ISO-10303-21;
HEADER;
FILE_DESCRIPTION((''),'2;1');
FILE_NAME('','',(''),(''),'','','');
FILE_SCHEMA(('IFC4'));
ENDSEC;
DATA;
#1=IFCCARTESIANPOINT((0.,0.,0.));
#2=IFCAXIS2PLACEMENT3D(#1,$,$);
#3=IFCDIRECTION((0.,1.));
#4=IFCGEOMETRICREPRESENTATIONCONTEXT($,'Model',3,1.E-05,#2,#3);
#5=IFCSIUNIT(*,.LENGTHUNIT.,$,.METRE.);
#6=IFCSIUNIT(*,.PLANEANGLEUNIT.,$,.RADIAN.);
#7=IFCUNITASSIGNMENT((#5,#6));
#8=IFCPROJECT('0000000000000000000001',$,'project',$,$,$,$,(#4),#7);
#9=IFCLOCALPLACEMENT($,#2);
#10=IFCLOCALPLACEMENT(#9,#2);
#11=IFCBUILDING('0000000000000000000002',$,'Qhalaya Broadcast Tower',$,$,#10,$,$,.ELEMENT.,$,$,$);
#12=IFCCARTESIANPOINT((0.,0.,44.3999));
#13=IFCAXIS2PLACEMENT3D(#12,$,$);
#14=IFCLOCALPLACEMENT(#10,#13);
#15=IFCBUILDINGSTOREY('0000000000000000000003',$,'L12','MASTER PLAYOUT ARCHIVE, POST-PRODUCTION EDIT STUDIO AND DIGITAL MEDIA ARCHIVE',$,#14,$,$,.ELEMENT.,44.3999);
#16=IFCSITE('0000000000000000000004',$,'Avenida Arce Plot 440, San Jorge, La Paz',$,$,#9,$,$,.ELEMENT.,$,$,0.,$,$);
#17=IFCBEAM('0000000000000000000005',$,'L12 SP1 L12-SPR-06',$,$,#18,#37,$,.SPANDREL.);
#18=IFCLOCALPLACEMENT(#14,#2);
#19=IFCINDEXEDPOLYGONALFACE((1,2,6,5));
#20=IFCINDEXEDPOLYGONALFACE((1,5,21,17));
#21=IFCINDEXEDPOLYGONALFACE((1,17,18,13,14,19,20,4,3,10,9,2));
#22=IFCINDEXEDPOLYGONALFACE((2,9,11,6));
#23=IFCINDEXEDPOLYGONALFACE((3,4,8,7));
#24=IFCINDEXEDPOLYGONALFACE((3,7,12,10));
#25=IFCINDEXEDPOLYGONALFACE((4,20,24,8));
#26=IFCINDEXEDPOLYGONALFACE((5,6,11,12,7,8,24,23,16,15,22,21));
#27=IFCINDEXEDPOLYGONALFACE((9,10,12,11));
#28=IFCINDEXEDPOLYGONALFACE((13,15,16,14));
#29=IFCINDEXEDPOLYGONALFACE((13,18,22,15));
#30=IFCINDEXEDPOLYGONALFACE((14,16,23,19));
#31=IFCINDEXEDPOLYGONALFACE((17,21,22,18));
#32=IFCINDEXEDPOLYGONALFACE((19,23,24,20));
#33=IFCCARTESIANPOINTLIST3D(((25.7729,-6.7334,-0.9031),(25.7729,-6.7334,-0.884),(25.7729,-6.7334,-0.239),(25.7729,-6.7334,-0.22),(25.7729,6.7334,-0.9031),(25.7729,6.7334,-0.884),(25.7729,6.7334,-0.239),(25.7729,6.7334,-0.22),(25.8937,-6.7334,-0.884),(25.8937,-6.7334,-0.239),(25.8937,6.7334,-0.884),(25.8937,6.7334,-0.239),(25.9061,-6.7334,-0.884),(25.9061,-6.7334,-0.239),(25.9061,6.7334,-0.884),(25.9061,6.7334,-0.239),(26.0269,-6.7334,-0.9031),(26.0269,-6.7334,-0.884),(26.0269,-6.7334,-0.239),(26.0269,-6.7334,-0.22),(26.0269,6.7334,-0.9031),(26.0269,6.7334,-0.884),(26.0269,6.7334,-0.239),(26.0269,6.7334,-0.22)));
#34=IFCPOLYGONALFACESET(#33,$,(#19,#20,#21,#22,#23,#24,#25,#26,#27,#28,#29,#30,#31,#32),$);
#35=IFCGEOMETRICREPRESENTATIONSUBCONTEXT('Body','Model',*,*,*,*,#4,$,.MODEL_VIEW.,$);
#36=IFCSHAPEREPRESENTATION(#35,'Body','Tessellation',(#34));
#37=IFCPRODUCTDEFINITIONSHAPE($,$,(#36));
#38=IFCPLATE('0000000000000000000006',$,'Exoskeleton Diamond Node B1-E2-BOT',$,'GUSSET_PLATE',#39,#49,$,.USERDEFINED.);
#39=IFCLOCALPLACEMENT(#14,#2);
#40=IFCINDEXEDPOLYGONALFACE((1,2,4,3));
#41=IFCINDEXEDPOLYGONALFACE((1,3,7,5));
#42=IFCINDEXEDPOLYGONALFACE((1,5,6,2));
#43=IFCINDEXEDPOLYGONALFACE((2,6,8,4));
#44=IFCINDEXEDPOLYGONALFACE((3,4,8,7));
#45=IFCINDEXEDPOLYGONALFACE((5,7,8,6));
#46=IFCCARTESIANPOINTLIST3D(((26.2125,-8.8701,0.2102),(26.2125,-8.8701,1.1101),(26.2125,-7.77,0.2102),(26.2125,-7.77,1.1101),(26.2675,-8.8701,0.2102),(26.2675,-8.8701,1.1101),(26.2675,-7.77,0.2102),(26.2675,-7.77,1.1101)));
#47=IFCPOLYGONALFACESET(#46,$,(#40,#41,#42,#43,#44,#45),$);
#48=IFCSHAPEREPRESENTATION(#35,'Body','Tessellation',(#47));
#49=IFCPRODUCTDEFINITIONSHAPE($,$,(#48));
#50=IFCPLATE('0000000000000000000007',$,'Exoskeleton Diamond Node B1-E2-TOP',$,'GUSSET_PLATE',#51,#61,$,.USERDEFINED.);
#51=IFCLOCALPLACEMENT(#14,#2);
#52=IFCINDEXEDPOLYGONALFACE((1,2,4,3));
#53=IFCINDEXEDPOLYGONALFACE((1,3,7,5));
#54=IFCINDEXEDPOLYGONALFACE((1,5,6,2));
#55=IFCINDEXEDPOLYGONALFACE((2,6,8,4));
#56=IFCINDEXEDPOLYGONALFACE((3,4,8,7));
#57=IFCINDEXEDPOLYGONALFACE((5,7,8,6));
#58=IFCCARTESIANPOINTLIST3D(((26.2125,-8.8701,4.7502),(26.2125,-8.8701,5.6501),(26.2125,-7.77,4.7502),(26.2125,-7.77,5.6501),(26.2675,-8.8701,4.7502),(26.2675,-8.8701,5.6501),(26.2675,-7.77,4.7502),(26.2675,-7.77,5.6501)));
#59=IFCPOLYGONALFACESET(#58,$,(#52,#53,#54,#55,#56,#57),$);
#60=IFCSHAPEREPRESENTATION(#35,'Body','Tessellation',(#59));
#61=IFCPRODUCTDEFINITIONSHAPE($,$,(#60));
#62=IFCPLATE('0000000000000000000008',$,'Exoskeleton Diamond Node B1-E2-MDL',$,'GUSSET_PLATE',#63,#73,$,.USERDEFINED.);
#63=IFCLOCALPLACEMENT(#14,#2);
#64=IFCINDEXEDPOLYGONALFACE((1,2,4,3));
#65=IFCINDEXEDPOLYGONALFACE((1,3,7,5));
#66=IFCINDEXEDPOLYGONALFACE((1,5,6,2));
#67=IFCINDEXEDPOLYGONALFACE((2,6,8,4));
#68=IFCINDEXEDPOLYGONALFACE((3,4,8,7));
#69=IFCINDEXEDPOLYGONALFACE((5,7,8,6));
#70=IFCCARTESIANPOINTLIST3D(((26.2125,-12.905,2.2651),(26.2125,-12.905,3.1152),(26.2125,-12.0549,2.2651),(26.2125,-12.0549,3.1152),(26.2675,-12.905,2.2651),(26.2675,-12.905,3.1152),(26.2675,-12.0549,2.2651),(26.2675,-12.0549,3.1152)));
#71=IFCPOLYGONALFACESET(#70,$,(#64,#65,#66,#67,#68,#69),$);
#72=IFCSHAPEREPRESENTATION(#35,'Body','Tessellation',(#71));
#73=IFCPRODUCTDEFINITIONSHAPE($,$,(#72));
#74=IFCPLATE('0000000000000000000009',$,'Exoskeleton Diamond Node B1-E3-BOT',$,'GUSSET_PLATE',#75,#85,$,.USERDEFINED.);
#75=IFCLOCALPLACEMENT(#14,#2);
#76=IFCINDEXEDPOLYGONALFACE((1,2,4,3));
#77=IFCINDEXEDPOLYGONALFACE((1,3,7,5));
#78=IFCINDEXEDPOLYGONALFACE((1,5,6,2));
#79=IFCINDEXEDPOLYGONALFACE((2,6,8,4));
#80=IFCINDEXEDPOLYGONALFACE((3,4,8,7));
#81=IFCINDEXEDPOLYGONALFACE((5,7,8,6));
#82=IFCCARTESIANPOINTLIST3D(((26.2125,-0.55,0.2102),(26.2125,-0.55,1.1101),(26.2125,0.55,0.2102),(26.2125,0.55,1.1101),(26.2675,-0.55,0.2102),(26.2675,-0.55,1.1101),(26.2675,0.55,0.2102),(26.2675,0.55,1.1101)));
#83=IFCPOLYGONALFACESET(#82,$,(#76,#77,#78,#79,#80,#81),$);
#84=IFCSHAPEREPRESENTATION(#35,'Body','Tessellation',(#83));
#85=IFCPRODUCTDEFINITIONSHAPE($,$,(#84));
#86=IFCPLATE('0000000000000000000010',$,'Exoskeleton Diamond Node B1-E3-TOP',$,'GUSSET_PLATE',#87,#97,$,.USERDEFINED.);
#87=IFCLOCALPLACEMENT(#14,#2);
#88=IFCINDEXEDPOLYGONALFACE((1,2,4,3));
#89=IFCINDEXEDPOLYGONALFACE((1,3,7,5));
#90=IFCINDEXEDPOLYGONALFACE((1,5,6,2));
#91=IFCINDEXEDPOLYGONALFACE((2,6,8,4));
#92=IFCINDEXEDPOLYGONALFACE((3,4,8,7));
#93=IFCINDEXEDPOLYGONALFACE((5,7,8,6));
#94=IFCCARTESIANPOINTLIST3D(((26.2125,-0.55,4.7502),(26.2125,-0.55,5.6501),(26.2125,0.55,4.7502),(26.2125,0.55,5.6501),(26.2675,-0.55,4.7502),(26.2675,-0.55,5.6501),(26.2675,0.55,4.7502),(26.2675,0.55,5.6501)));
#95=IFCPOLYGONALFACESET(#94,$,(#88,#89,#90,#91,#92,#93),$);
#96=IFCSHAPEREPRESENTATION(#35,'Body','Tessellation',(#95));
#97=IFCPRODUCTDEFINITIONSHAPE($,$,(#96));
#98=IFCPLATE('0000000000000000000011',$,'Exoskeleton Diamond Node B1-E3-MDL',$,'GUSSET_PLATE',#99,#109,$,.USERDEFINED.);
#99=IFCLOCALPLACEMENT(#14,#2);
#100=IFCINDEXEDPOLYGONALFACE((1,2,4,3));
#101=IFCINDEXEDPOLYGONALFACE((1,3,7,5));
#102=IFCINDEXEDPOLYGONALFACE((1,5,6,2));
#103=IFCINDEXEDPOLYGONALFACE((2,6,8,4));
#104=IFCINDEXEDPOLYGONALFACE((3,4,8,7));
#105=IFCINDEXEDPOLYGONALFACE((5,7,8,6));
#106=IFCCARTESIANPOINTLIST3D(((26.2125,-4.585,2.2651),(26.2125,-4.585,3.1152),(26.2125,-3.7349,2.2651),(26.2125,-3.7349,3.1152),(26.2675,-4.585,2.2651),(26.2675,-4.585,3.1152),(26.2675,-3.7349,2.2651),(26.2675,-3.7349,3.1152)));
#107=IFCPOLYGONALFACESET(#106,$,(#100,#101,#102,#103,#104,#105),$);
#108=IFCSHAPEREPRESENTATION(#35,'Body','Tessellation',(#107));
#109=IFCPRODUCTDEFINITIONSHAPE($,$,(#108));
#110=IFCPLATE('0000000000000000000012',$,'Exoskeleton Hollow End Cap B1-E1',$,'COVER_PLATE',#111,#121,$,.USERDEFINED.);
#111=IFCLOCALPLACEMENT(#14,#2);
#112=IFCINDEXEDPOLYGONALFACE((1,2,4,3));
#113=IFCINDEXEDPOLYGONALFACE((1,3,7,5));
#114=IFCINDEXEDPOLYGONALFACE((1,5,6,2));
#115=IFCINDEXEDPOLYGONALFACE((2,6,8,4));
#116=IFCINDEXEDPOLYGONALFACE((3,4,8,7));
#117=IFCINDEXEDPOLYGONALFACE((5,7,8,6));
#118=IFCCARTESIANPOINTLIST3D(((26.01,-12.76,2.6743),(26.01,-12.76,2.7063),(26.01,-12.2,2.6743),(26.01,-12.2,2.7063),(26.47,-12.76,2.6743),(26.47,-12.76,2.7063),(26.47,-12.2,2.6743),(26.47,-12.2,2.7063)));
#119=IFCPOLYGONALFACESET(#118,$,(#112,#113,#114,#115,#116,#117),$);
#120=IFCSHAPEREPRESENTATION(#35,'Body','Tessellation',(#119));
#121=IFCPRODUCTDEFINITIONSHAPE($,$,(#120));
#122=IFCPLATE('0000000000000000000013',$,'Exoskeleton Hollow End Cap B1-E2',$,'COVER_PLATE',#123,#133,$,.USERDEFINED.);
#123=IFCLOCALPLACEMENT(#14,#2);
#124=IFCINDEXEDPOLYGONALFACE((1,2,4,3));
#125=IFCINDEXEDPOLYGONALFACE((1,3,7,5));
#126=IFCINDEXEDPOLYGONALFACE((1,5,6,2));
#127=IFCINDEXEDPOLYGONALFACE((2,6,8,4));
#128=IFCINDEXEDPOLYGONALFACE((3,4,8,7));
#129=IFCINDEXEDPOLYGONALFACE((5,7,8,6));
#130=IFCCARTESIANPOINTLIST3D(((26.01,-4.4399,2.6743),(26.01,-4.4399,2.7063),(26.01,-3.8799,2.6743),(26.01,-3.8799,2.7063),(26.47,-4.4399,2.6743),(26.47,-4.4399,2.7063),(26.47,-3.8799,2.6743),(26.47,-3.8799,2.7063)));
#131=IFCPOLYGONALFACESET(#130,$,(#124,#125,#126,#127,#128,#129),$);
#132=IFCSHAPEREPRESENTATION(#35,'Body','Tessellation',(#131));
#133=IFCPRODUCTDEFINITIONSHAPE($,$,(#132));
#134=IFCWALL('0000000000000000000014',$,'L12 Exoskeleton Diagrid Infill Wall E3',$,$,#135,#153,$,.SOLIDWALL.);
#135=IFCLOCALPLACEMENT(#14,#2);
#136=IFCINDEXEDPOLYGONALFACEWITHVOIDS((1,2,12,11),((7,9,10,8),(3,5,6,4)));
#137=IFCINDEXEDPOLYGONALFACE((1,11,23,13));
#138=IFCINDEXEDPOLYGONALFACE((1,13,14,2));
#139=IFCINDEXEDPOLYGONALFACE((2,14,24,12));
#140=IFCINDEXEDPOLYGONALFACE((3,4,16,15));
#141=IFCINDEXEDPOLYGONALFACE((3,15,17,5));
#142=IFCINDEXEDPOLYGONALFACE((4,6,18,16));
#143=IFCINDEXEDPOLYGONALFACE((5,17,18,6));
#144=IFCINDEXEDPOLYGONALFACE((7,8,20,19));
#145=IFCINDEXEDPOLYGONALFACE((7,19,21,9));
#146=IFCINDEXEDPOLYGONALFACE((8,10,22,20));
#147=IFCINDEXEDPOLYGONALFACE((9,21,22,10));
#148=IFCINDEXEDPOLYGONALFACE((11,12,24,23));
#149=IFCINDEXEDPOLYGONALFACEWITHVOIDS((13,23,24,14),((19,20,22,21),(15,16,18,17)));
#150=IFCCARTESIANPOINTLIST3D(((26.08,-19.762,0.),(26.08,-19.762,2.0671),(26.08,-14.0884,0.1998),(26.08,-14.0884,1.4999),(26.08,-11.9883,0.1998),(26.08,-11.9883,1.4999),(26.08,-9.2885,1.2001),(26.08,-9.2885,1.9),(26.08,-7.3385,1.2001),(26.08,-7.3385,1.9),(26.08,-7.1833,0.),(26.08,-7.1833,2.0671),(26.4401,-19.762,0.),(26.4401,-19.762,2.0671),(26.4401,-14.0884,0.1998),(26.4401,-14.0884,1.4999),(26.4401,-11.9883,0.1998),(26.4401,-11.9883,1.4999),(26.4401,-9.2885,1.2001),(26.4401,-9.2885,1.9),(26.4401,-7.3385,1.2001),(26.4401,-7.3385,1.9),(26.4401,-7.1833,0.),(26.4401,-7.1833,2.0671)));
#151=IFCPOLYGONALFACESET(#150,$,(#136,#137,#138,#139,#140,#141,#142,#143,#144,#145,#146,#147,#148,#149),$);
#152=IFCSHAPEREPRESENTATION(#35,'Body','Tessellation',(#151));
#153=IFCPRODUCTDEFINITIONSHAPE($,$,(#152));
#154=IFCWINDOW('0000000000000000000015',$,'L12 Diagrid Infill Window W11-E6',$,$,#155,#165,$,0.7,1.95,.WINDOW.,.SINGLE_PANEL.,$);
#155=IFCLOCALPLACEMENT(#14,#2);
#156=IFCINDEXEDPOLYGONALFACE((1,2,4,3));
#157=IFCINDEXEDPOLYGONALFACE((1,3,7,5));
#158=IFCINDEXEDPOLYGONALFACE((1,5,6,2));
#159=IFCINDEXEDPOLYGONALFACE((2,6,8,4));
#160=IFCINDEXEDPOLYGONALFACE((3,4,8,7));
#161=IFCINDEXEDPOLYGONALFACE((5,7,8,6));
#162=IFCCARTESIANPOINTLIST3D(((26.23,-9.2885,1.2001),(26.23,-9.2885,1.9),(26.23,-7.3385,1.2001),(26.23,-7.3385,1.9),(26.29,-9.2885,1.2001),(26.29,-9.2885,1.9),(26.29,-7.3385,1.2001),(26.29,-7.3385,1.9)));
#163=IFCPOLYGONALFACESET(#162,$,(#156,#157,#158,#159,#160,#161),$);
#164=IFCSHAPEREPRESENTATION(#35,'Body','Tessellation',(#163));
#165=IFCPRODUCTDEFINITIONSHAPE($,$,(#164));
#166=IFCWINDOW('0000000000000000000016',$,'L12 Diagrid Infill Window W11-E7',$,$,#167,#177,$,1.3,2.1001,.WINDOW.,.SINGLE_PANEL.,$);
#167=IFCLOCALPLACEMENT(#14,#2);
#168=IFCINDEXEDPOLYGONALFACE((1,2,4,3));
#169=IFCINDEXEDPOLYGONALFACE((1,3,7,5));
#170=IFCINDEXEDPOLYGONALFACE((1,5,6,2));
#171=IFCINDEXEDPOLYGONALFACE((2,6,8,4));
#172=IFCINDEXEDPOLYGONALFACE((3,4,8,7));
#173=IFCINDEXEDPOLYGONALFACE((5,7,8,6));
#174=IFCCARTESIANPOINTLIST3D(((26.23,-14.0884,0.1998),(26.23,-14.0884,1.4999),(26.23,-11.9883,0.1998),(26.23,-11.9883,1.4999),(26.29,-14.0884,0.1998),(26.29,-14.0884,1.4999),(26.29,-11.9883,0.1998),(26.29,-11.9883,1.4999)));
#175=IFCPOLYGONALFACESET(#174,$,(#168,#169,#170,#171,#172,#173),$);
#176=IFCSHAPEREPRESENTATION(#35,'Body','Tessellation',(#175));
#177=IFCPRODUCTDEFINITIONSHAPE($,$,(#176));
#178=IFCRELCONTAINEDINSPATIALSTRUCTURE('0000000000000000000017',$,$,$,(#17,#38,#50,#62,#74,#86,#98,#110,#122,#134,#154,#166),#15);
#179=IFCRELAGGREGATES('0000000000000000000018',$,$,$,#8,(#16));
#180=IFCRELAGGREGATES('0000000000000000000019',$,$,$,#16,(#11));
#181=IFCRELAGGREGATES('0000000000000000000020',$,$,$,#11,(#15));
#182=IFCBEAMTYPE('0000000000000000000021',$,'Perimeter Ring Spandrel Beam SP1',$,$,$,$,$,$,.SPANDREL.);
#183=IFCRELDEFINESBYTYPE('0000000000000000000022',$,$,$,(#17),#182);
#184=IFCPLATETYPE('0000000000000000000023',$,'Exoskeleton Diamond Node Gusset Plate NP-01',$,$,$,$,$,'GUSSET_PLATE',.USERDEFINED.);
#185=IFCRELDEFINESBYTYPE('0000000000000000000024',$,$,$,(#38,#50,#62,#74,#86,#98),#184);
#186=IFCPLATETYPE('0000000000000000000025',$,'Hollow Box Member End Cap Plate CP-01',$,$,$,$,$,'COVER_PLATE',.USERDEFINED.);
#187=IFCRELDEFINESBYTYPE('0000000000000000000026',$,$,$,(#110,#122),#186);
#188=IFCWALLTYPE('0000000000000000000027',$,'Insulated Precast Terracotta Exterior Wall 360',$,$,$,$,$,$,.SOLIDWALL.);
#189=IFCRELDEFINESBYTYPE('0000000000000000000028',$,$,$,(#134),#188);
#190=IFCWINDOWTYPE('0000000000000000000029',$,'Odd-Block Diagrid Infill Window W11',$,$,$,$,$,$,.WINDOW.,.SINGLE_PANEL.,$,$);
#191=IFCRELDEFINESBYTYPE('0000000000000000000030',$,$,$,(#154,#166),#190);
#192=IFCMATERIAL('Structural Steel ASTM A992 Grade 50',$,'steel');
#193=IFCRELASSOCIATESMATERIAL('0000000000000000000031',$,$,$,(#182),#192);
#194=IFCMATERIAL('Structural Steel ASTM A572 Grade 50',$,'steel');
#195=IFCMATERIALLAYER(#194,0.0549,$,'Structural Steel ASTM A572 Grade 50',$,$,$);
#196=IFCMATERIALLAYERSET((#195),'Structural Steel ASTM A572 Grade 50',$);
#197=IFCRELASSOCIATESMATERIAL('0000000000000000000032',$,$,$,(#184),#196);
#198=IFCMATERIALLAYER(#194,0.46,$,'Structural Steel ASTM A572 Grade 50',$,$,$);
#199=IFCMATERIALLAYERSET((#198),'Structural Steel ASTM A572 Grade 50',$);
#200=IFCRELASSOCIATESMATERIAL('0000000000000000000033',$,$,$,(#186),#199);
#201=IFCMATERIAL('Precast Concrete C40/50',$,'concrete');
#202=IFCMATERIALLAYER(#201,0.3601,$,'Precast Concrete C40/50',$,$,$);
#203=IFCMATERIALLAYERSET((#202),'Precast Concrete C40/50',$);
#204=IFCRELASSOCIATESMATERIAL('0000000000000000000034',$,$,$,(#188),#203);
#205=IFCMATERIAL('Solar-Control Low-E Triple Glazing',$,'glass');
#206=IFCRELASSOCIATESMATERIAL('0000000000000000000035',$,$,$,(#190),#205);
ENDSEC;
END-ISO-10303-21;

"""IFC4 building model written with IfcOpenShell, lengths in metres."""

from ifc_helpers import new_model, si_unit, direction, frame, frame_2d, origin, origin_2d, place, context, subcontext, project, spatial, rectangle, i_section, extrude, material, layer, layer_set, material_profile, profile_set, type_object, element, fill, save


model = new_model("IFC4")

# Units and contexts
model_context = context("Model", 3, precision=1e-05, world=origin(), true_north=direction((0.0, 1.0)))
body_context = subcontext(model_context, "Body", "Model", "MODEL_VIEW")
ifc_project = project(units=[si_unit("LENGTHUNIT", "METRE"), si_unit("PLANEANGLEUNIT", "RADIAN")], contexts=[model_context])

# Site, building, storey
site_placement = place(None, origin())
site = spatial("IfcSite", under=ifc_project, at=site_placement, Name="Avenida Arce Plot 440, San Jorge, La Paz", CompositionType="ELEMENT", RefElevation=0.0)
building_placement = place(site_placement, origin())
building = spatial("IfcBuilding", under=site, at=building_placement, Name="Qhalaya Broadcast Tower", CompositionType="ELEMENT")
storey_placement = place(building_placement, frame((0.0, 0.0, 44.3999)))
storey = spatial("IfcBuildingStorey", under=building, at=storey_placement, Name="L12", Description="MASTER PLAYOUT ARCHIVE, POST-PRODUCTION EDIT STUDIO AND DIGITAL MEDIA ARCHIVE", CompositionType="ELEMENT", Elevation=44.3999)

# Shared definitions
ifc_material_1 = material(Name="Structural Steel ASTM A992 Grade 50", Category="steel")
ifc_material_2 = material(Name="Structural Steel ASTM A572 Grade 50", Category="steel")

# Beam
ifc_material_profile_1 = material_profile(ifc_material_1, i_section(OverallWidth=0.2539, OverallDepth=0.6831, WebThickness=0.0125, FlangeThickness=0.019, at=origin_2d()), Name="W27X94")
ifc_profile_set_1 = profile_set([ifc_material_profile_1], Name="Structural Steel ASTM A992 Grade 50")
beam_type = type_object("IfcBeamType", Name="Perimeter Ring Spandrel Beam SP1", PredefinedType="SPANDREL", material=ifc_profile_set_1)
beam_placement = place(storey_placement, frame((25.8999, -6.7334, -0.5615), z_axis=(0.0, 1.0, 0.0), x_axis=(-1.0, 0.0, 0.0)))
element("IfcBeam", 1, at=beam_placement, inside=storey, type_object=beam_type, Name="L12 SP1 L12-SPR-06", PredefinedType="SPANDREL", context=body_context, shape_type="SweptSolid", body=[
    extrude(i_section(OverallWidth=0.2539, OverallDepth=0.6831, WebThickness=0.0125, FlangeThickness=0.019, at=origin_2d()), origin(), (0.0, 0.0, 1.0), 13.4668),
])

# Plates
ifc_layer_1 = layer(ifc_material_2, 0.0549, Name="Structural Steel ASTM A572 Grade 50")
ifc_layer_set_1 = layer_set([ifc_layer_1], Name="Structural Steel ASTM A572 Grade 50")
plate_type_1 = type_object("IfcPlateType", Name="Exoskeleton Diamond Node Gusset Plate NP-01", ElementType="GUSSET_PLATE", PredefinedType="USERDEFINED", material=ifc_layer_set_1)
for number, where, z_axis, x_axis, name in (
    (2, (26.24, -8.3201, 0.2102), (0.0, 0.0, 1.0), (0.0, 1.0, 0.0), "Exoskeleton Diamond Node B1-E2-BOT"),
    (3, (26.24, -8.3201, 4.7502), (0.0, 0.0, 1.0), (0.0, 1.0, 0.0), "Exoskeleton Diamond Node B1-E2-TOP"),
):
    element("IfcPlate", number, at=place(storey_placement, frame(where, z_axis=z_axis, x_axis=x_axis)), inside=storey, type_object=plate_type_1, Name=name, ObjectType="GUSSET_PLATE", PredefinedType="USERDEFINED", context=body_context, shape_type="SweptSolid", body=[
        extrude(rectangle(XDim=1.1001, YDim=0.0549, at=origin_2d()), origin(), (0.0, 0.0, 1.0), 0.8999),
    ])
plate_1_placement = place(storey_placement, frame((26.24, -12.48, 2.2651), z_axis=(0.0, 0.0, 1.0), x_axis=(0.0, 1.0, 0.0)))
element("IfcPlate", 4, at=plate_1_placement, inside=storey, type_object=plate_type_1, Name="Exoskeleton Diamond Node B1-E2-MDL", ObjectType="GUSSET_PLATE", PredefinedType="USERDEFINED", context=body_context, shape_type="SweptSolid", body=[
    extrude(rectangle(XDim=0.8501, YDim=0.0549, at=origin_2d()), origin(), (0.0, 0.0, 1.0), 0.8501),
])
for number, where, z_axis, x_axis, name in (
    (5, (26.24, 0.0, 0.2102), (0.0, 0.0, 1.0), (0.0, 1.0, 0.0), "Exoskeleton Diamond Node B1-E3-BOT"),
    (6, (26.24, 0.0, 4.7502), (0.0, 0.0, 1.0), (0.0, 1.0, 0.0), "Exoskeleton Diamond Node B1-E3-TOP"),
):
    element("IfcPlate", number, at=place(storey_placement, frame(where, z_axis=z_axis, x_axis=x_axis)), inside=storey, type_object=plate_type_1, Name=name, ObjectType="GUSSET_PLATE", PredefinedType="USERDEFINED", context=body_context, shape_type="SweptSolid", body=[
        extrude(rectangle(XDim=1.1001, YDim=0.0549, at=origin_2d()), origin(), (0.0, 0.0, 1.0), 0.8999),
    ])
plate_2_placement = place(storey_placement, frame((26.24, -4.1599, 2.2651), z_axis=(0.0, 0.0, 1.0), x_axis=(0.0, 1.0, 0.0)))
element("IfcPlate", 7, at=plate_2_placement, inside=storey, type_object=plate_type_1, Name="Exoskeleton Diamond Node B1-E3-MDL", ObjectType="GUSSET_PLATE", PredefinedType="USERDEFINED", context=body_context, shape_type="SweptSolid", body=[
    extrude(rectangle(XDim=0.8501, YDim=0.0549, at=origin_2d()), origin(), (0.0, 0.0, 1.0), 0.8501),
])
ifc_layer_2 = layer(ifc_material_2, 0.46, Name="Structural Steel ASTM A572 Grade 50")
ifc_layer_set_2 = layer_set([ifc_layer_2], Name="Structural Steel ASTM A572 Grade 50")
plate_type_2 = type_object("IfcPlateType", Name="Hollow Box Member End Cap Plate CP-01", ElementType="COVER_PLATE", PredefinedType="USERDEFINED", material=ifc_layer_set_2)
for number, where, z_axis, x_axis, name in (
    (8, (26.24, -12.48, 2.6743), (0.0, 0.0, 1.0), (0.0, 1.0, 0.0), "Exoskeleton Hollow End Cap B1-E1"),
    (9, (26.24, -4.1599, 2.6743), (0.0, 0.0, 1.0), (0.0, 1.0, 0.0), "Exoskeleton Hollow End Cap B1-E2"),
):
    element("IfcPlate", number, at=place(storey_placement, frame(where, z_axis=z_axis, x_axis=x_axis)), inside=storey, type_object=plate_type_2, Name=name, ObjectType="COVER_PLATE", PredefinedType="USERDEFINED", context=body_context, shape_type="SweptSolid", body=[
        extrude(rectangle(XDim=0.5601, YDim=0.46, at=origin_2d()), origin(), (0.0, 0.0, 1.0), 0.032),
    ])

# Wall, openings, windows
ifc_material_3 = material(Name="Precast Concrete C40/50", Category="concrete")
ifc_layer_3 = layer(ifc_material_3, 0.3601, Name="Precast Concrete C40/50")
ifc_layer_set_3 = layer_set([ifc_layer_3], Name="Precast Concrete C40/50")
wall_type_1 = type_object("IfcWallType", Name="Insulated Precast Terracotta Exterior Wall 360", PredefinedType="SOLIDWALL", material=ifc_layer_set_3)
wall_1_placement = place(storey_placement, frame((26.26, -7.1833, 0.0), z_axis=(0.0, 0.0, 1.0), x_axis=(0.0, -1.0, 0.0)))
wall_1 = element("IfcWall", 10, at=wall_1_placement, inside=storey, type_object=wall_type_1, Name="L12 Exoskeleton Diagrid Infill Wall E3", PredefinedType="SOLIDWALL", context=body_context, shape_type="SweptSolid", body=[
    extrude(rectangle(XDim=12.5786, YDim=0.3601, at=frame_2d((6.2893, 0.0))), origin(), (0.0, 0.0, 1.0), 2.0671),
])
opening_1_placement = place(wall_1_placement, frame((0.155, 0.0, 1.2)))
opening_1 = element("IfcOpeningElement", 11, at=opening_1_placement, cuts=wall_1, PredefinedType="OPENING", context=body_context, shape_type="SweptSolid", body=[
    extrude(rectangle(XDim=1.95, YDim=0.7, at=frame_2d((0.9751, 0.3501))), frame((0.0, 0.1921, 0.0), z_axis=(0.0, -1.0, 0.0), x_axis=(1.0, 0.0, 0.0)), (0.0, 0.0, 1.0), 0.384),
])
opening_2_placement = place(wall_1_placement, frame((4.8049, 0.0, 0.2)))
opening_2 = element("IfcOpeningElement", 12, at=opening_2_placement, cuts=wall_1, PredefinedType="OPENING", context=body_context, shape_type="SweptSolid", body=[
    extrude(rectangle(XDim=2.1001, YDim=1.3, at=frame_2d((1.05, 0.6499))), frame((0.0, 0.1921, 0.0), z_axis=(0.0, -1.0, 0.0), x_axis=(1.0, 0.0, 0.0)), (0.0, 0.0, 1.0), 0.384),
])
ifc_material_4 = material(Name="Solar-Control Low-E Triple Glazing", Category="glass")
window_type = type_object("IfcWindowType", Name="Odd-Block Diagrid Infill Window W11", PartitioningType="SINGLE_PANEL", PredefinedType="WINDOW", material=ifc_material_4)
window_1_placement = place(opening_1_placement, origin())
window_1 = element("IfcWindow", 13, at=window_1_placement, inside=storey, type_object=window_type, Name="L12 Diagrid Infill Window W11-E6", OverallHeight=0.7, OverallWidth=1.95, PartitioningType="SINGLE_PANEL", PredefinedType="WINDOW", context=body_context, shape_type="SweptSolid", body=[
    extrude(rectangle(XDim=1.95, YDim=0.7, at=frame_2d((0.9751, 0.3501))), frame((0.0, 0.03, 0.0), z_axis=(0.0, -1.0, 0.0), x_axis=(1.0, 0.0, 0.0)), (0.0, 0.0, 1.0), 0.0601),
])
fill(opening_1, window_1)
window_2_placement = place(opening_2_placement, origin())
window_2 = element("IfcWindow", 14, at=window_2_placement, inside=storey, type_object=window_type, Name="L12 Diagrid Infill Window W11-E7", OverallHeight=1.3, OverallWidth=2.1001, PartitioningType="SINGLE_PANEL", PredefinedType="WINDOW", context=body_context, shape_type="SweptSolid", body=[
    extrude(rectangle(XDim=2.1001, YDim=1.3, at=frame_2d((1.05, 0.6499))), frame((0.0, 0.03, 0.0), z_axis=(0.0, -1.0, 0.0), x_axis=(1.0, 0.0, 0.0)), (0.0, 0.0, 1.0), 0.0601),
])
fill(opening_2, window_2)

save(model, "model.ifc")
